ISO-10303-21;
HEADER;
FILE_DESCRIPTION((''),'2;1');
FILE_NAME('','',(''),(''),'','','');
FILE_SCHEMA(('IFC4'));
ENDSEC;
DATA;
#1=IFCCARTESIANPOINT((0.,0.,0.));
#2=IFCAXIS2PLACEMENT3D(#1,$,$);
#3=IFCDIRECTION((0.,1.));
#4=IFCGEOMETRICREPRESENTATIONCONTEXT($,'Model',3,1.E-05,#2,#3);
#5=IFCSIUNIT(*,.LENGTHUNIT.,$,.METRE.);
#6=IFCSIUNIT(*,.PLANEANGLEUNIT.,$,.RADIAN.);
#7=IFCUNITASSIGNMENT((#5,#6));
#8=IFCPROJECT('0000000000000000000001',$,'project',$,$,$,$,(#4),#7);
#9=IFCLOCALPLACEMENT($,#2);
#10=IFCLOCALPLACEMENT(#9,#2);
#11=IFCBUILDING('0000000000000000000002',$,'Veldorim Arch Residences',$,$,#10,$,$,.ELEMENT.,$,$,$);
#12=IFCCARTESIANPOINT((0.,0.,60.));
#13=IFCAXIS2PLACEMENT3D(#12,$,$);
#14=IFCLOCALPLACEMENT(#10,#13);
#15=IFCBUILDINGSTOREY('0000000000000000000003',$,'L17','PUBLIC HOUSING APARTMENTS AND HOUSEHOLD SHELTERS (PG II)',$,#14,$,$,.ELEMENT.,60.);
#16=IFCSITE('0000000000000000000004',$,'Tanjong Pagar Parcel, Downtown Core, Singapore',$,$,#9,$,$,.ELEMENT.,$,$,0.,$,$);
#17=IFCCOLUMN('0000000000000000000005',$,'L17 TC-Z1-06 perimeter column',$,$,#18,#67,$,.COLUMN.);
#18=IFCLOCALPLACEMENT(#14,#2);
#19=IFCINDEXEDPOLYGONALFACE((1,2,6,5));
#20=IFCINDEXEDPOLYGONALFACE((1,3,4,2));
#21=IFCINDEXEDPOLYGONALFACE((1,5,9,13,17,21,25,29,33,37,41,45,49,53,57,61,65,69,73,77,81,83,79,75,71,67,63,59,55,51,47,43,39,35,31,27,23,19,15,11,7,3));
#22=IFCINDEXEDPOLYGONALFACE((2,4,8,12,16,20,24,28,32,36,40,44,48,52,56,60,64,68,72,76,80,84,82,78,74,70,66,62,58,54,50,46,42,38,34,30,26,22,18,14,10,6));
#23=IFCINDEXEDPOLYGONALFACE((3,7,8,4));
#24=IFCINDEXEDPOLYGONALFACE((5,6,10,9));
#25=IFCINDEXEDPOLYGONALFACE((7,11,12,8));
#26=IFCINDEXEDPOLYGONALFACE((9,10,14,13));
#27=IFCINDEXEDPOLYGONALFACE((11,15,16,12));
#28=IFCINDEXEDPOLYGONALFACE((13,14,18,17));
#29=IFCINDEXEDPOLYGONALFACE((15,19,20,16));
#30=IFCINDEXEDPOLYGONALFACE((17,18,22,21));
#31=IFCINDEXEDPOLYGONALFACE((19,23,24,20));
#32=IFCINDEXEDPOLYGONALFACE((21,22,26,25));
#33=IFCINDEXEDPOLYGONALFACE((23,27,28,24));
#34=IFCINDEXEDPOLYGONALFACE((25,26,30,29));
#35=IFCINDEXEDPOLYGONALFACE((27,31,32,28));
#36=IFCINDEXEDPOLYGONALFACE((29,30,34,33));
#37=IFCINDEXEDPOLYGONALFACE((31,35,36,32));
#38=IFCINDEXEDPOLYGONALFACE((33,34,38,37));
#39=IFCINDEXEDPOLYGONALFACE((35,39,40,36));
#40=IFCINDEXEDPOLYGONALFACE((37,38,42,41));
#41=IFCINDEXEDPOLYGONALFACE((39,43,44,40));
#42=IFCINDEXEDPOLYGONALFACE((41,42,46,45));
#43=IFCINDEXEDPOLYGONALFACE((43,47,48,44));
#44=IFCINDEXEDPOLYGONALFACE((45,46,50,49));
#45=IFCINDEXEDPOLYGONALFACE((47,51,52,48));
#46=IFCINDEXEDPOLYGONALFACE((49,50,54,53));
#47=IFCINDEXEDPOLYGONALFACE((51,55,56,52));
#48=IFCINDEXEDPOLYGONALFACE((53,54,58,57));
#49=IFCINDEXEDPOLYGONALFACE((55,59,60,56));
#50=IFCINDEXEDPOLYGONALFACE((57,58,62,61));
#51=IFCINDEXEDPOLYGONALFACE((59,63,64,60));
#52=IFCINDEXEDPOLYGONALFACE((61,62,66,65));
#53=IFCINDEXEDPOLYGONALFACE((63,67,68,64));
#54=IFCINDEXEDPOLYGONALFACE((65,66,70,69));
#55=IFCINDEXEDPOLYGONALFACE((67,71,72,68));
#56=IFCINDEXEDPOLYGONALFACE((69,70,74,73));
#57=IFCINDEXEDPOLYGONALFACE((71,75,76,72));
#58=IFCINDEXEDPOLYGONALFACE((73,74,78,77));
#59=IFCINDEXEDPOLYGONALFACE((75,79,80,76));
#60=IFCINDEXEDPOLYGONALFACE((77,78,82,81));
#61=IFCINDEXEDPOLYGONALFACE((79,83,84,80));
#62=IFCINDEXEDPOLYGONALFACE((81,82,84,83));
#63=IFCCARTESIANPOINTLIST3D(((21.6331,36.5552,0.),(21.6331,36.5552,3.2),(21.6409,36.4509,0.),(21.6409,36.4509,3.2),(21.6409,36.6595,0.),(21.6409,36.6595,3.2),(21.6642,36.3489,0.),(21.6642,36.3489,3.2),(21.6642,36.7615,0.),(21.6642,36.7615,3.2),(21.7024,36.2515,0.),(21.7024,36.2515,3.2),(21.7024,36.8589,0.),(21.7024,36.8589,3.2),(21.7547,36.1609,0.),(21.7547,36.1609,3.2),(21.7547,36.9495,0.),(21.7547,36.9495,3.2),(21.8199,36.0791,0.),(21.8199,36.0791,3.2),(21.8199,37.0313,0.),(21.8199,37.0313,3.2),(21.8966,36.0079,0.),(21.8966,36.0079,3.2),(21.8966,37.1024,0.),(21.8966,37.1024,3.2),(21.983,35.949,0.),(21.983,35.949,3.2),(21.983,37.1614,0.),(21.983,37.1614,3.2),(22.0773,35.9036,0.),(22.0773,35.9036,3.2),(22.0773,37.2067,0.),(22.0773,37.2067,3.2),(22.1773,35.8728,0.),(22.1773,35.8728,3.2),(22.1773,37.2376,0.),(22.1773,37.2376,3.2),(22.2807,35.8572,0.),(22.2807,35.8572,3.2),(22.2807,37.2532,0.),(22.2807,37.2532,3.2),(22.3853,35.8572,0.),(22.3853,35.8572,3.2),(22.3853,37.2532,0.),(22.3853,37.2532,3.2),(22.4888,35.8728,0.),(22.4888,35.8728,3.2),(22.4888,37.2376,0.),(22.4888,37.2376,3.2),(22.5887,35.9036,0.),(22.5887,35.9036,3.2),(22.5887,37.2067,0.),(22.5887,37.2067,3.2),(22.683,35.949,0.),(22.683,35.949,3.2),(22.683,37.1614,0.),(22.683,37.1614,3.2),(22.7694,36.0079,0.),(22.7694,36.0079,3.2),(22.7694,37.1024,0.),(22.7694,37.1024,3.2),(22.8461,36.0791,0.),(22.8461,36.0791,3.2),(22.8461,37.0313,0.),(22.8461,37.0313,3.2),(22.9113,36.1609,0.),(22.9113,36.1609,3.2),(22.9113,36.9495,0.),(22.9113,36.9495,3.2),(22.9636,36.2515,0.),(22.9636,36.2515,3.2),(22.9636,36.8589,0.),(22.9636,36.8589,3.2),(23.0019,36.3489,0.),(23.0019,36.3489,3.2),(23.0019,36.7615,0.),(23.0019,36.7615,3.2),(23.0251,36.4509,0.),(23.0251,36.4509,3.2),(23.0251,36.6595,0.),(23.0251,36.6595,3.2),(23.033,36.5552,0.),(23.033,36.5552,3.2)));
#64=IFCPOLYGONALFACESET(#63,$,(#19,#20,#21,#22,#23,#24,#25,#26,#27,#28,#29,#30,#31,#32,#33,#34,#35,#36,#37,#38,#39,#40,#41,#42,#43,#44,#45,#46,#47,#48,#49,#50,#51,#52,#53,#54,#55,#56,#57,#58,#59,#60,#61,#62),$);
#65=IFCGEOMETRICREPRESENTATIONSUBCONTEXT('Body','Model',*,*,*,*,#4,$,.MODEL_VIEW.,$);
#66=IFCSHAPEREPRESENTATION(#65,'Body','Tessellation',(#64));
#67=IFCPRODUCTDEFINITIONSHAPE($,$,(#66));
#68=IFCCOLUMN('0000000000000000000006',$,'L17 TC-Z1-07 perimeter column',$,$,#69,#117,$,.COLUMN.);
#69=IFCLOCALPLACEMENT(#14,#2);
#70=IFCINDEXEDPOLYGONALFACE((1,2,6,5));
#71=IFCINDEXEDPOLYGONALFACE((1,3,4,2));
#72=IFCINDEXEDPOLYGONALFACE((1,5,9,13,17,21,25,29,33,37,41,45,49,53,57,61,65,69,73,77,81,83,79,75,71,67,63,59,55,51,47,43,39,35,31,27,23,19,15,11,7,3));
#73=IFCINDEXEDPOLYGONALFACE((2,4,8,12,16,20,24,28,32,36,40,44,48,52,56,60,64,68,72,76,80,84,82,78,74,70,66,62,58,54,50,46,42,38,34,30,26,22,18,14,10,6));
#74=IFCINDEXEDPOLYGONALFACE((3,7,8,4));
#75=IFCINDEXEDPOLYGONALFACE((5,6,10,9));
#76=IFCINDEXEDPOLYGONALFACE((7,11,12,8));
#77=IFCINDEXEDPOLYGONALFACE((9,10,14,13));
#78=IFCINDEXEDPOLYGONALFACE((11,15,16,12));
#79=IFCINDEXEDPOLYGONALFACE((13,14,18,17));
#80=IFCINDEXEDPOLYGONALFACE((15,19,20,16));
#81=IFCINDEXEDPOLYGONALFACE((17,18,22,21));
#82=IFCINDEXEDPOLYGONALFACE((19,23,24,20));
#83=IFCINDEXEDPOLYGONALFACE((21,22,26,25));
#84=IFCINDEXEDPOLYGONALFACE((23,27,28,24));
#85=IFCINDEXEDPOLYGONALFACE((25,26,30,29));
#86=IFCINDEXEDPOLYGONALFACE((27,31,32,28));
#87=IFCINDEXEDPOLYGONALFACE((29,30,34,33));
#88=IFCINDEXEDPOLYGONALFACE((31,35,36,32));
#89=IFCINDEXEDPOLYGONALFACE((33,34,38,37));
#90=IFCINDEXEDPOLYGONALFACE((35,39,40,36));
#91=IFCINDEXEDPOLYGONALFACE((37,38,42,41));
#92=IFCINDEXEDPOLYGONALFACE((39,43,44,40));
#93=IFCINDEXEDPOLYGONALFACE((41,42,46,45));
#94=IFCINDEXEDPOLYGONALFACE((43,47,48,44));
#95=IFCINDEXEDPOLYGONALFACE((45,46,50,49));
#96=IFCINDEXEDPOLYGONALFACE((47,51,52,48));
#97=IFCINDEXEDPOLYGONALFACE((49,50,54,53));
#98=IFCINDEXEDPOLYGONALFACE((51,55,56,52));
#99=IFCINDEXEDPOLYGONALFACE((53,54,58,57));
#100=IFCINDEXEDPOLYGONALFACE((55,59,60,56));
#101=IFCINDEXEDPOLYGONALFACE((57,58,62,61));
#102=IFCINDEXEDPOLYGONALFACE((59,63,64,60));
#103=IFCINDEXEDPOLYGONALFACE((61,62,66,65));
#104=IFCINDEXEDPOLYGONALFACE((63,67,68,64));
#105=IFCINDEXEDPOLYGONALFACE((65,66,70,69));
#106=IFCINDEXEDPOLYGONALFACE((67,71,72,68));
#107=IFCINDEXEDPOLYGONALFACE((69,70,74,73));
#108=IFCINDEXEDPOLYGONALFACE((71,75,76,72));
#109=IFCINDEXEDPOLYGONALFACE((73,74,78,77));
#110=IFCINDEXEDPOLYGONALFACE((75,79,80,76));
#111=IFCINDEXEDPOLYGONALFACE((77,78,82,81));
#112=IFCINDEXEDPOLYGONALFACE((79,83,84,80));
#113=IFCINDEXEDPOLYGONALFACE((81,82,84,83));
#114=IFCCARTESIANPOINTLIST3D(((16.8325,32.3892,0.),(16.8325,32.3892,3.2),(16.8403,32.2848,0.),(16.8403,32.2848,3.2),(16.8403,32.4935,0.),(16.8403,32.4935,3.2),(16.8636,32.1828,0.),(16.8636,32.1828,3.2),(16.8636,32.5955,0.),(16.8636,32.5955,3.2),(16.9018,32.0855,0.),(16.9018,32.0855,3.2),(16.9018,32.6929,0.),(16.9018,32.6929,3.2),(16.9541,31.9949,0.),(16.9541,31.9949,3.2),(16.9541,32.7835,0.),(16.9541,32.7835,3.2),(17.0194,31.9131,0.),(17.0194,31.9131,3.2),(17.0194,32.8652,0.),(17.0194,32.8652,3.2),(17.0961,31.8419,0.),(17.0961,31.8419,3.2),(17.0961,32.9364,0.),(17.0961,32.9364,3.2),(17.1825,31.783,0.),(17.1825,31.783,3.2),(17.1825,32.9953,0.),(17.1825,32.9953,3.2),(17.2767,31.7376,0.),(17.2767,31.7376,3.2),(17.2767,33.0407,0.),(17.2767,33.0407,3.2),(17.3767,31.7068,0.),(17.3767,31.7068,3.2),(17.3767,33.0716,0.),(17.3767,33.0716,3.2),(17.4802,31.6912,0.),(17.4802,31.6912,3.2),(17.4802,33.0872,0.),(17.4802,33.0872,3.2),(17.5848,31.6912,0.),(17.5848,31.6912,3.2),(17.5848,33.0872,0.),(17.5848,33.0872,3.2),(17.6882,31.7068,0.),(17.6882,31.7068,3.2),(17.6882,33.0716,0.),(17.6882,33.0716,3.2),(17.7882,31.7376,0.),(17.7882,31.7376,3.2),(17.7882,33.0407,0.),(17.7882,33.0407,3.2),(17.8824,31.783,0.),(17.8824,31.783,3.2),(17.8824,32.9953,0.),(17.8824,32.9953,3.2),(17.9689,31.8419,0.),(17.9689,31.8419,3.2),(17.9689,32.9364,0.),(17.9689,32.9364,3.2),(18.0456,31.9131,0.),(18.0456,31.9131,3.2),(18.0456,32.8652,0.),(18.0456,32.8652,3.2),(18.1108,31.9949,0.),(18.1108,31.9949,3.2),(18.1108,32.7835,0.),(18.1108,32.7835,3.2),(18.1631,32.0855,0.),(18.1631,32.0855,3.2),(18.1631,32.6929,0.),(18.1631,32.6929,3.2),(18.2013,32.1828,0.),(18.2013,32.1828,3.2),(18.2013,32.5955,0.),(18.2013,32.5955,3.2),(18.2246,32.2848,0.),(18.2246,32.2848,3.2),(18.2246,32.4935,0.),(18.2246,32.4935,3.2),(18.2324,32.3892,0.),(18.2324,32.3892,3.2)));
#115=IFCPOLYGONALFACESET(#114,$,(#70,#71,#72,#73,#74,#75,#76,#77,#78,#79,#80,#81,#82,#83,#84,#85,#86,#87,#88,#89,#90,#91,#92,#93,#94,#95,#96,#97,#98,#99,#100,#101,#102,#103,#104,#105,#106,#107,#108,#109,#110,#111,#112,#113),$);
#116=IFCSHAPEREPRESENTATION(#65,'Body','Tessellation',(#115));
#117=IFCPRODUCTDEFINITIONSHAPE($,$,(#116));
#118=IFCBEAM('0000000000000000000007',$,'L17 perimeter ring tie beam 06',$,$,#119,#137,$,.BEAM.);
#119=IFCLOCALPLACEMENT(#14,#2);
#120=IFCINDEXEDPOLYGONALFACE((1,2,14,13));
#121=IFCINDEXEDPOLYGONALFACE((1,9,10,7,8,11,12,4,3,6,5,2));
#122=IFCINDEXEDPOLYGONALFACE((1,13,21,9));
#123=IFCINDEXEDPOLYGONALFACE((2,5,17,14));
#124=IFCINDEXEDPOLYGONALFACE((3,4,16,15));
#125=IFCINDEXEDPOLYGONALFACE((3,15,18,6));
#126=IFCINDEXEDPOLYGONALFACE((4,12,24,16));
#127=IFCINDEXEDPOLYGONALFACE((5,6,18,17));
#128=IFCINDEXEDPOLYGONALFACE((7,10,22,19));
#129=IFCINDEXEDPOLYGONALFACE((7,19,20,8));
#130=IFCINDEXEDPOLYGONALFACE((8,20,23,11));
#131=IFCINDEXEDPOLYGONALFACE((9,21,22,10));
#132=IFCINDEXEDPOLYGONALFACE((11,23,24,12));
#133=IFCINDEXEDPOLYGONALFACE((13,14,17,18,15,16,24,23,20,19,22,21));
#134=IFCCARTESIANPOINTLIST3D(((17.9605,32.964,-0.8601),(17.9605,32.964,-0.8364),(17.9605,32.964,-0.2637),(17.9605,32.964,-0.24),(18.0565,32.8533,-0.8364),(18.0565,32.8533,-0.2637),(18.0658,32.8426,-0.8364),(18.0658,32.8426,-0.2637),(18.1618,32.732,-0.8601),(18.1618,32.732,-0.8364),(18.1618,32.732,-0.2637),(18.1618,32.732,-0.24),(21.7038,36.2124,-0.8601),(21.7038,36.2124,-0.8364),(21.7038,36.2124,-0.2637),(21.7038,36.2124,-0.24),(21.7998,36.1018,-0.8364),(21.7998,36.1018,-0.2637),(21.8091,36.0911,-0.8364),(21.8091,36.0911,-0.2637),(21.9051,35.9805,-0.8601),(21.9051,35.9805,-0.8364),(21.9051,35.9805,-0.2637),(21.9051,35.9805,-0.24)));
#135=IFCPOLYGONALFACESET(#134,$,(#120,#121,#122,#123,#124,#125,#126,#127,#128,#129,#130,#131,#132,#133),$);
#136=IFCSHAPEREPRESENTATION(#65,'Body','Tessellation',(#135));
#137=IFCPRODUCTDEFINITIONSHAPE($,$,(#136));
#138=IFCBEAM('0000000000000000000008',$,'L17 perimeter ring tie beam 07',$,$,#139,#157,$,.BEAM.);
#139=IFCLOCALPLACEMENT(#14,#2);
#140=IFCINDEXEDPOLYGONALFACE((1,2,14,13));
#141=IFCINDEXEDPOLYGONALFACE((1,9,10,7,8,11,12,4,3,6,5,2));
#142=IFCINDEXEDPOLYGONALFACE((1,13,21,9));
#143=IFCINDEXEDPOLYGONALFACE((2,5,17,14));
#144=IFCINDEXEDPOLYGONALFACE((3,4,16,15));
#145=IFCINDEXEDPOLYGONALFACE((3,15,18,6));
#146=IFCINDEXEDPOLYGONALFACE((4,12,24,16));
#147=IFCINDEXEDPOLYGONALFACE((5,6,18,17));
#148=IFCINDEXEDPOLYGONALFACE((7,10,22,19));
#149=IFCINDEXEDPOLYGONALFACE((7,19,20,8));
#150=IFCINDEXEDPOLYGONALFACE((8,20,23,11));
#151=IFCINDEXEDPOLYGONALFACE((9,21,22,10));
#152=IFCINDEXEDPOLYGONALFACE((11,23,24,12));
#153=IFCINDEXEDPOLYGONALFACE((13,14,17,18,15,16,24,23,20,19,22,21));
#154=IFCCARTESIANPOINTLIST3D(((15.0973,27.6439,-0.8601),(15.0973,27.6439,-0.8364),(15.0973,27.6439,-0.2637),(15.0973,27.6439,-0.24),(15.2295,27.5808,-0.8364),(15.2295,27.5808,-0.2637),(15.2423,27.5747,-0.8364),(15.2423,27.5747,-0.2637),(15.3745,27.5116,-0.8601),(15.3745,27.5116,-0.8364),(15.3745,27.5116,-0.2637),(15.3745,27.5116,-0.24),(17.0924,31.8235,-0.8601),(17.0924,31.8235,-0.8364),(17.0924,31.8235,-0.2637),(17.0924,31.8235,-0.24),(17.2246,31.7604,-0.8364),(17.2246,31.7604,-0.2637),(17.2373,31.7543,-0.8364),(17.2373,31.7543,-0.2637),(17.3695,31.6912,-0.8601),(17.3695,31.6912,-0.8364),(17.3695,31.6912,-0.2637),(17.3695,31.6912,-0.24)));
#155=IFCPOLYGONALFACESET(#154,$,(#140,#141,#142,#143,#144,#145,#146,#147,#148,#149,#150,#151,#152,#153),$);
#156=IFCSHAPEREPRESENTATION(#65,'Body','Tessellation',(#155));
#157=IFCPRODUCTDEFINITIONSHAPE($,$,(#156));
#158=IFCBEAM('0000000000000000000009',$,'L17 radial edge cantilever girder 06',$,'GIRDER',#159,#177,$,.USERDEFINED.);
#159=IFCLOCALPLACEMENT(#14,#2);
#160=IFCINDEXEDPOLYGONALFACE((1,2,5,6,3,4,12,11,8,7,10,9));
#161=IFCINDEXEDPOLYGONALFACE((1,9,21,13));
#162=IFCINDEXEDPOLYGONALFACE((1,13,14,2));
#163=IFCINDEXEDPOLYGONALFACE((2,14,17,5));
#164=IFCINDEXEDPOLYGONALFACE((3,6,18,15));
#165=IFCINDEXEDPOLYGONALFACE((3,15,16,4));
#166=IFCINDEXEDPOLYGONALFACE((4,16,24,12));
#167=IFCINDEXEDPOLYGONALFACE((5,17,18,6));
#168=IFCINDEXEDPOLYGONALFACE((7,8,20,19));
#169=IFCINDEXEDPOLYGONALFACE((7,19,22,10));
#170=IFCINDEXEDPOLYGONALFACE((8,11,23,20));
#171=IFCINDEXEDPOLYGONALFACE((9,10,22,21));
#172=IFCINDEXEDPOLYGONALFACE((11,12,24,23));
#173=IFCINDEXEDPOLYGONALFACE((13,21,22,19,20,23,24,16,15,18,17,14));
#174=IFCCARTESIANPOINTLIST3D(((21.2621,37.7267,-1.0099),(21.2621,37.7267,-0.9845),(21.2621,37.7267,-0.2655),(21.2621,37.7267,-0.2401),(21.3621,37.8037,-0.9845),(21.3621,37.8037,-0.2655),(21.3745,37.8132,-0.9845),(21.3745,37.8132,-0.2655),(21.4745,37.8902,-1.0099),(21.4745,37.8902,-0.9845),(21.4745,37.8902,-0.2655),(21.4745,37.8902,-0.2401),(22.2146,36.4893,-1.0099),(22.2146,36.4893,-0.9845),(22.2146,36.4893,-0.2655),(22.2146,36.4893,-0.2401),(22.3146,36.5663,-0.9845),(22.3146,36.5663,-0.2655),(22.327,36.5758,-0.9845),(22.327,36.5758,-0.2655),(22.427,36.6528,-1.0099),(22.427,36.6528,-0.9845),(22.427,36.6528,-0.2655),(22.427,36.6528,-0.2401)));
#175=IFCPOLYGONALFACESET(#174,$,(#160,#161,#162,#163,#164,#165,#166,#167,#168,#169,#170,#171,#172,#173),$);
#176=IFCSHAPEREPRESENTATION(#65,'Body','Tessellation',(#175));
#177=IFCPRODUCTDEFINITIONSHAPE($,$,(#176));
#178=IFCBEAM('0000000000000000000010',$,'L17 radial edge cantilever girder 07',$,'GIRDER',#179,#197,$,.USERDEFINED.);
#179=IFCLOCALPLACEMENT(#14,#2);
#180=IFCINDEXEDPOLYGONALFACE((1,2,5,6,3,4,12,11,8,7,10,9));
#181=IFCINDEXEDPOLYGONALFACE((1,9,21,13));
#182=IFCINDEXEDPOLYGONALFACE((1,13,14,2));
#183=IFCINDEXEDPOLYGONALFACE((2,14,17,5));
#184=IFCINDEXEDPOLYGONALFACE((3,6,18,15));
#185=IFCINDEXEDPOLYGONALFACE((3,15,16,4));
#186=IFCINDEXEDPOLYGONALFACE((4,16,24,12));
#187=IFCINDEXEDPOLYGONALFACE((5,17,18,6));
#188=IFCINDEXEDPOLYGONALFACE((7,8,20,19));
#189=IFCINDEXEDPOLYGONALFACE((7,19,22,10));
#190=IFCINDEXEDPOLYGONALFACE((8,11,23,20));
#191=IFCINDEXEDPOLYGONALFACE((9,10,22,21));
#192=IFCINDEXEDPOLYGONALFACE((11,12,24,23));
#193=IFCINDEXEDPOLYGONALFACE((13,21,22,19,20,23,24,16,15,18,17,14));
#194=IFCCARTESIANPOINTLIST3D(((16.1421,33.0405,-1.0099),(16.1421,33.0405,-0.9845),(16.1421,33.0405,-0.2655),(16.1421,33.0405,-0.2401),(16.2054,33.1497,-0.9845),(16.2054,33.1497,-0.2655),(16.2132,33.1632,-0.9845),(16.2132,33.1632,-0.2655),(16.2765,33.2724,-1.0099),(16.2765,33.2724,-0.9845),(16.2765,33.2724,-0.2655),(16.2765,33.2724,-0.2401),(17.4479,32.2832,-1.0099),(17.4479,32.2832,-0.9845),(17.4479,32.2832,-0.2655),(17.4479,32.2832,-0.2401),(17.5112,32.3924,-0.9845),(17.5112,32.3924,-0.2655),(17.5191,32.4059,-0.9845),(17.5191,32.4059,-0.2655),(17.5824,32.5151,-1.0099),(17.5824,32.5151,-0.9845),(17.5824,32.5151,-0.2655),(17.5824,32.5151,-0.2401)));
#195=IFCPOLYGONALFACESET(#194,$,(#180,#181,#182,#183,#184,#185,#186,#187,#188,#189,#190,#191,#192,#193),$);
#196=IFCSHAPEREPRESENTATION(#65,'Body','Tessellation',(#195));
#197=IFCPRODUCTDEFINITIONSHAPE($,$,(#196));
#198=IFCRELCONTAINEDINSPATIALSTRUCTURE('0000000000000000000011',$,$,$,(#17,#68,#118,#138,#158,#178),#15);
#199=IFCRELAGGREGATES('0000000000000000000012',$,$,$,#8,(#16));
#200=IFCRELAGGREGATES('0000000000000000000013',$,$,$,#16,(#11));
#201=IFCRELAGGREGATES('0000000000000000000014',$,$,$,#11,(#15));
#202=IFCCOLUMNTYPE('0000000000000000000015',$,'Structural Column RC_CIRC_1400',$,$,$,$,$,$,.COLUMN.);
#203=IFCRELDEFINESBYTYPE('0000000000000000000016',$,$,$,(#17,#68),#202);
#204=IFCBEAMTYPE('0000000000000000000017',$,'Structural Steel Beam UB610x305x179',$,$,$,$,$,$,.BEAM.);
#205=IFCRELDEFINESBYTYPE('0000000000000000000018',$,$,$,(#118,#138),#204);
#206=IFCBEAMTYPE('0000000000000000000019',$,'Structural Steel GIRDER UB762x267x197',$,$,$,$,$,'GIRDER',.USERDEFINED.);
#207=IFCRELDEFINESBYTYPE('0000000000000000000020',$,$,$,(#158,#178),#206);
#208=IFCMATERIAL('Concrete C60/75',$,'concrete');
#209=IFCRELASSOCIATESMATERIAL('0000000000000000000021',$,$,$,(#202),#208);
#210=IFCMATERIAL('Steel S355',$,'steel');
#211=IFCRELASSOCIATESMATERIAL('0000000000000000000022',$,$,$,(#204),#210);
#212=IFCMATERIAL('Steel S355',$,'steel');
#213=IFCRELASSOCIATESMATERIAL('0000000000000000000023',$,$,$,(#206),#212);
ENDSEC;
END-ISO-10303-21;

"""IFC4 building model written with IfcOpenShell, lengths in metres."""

from ifc_helpers import new_model, si_unit, direction, frame, origin, origin_2d, place, context, subcontext, project, spatial, circle, i_section, extrude, material, material_profile, profile_set, type_object, element, save


model = new_model("IFC4")

# Units and contexts
model_context = context("Model", 3, precision=1e-05, world=origin(), true_north=direction((0.0, 1.0)))
body_context = subcontext(model_context, "Body", "Model", "MODEL_VIEW")
ifc_project = project(units=[si_unit("LENGTHUNIT", "METRE"), si_unit("PLANEANGLEUNIT", "RADIAN")], contexts=[model_context])

# Site, building, storey
site_placement = place(None, origin())
site = spatial("IfcSite", under=ifc_project, at=site_placement, Name="Tanjong Pagar Parcel, Downtown Core, Singapore", CompositionType="ELEMENT", RefElevation=0.0)
building_placement = place(site_placement, origin())
building = spatial("IfcBuilding", under=site, at=building_placement, Name="Veldorim Arch Residences", CompositionType="ELEMENT")
storey_placement = place(building_placement, frame((0.0, 0.0, 60.0)))
storey = spatial("IfcBuildingStorey", under=building, at=storey_placement, Name="L17", Description="PUBLIC HOUSING APARTMENTS AND HOUSEHOLD SHELTERS (PG II)", CompositionType="ELEMENT", Elevation=60.0)

# Columns
ifc_material_1 = material(Name="Concrete C60/75", Category="concrete")
ifc_material_profile_1 = material_profile(ifc_material_1, circle(Radius=0.7, at=origin_2d()), Name="RC_CIRC_1400")
ifc_profile_set_1 = profile_set([ifc_material_profile_1], Name="Concrete C60/75")
column_type = type_object("IfcColumnType", Name="Structural Column RC_CIRC_1400", PredefinedType="COLUMN", material=ifc_profile_set_1)
for number, where, z_axis, x_axis, name in (
    (1, (22.333, 36.5552, 0.0), (0.0, 0.0, 1.0), (1.0, 0.0, 0.0), "L17 TC-Z1-06 perimeter column"),
    (2, (17.5325, 32.3892, 0.0), (0.0, 0.0, 1.0), (1.0, 0.0, 0.0), "L17 TC-Z1-07 perimeter column"),
):
    element("IfcColumn", number, at=place(storey_placement, frame(where, z_axis=z_axis, x_axis=x_axis)), inside=storey, type_object=column_type, Name=name, PredefinedType="COLUMN", context=body_context, shape_type="SweptSolid", body=[
        extrude(circle(Radius=0.7, at=origin_2d()), origin(), (0.0, 0.0, 1.0), 3.2),
    ])

# Beams
ifc_material_2 = material(Name="Steel S355", Category="steel")
ifc_material_profile_2 = material_profile(ifc_material_2, i_section(OverallWidth=0.3071, OverallDepth=0.6201, WebThickness=0.0142, FlangeThickness=0.0237, at=origin_2d()), Name="UB610x305x179")
ifc_profile_set_2 = profile_set([ifc_material_profile_2], Name="Steel S355")
beam_type_1 = type_object("IfcBeamType", Name="Structural Steel Beam UB610x305x179", PredefinedType="BEAM", material=ifc_profile_set_2)
beam_1_placement = place(storey_placement, frame((21.8044, 36.0964, -0.55), z_axis=(-0.755265, -0.65542, 0.0), x_axis=(0.65542, -0.755265, 0.0)))
element("IfcBeam", 3, at=beam_1_placement, inside=storey, type_object=beam_type_1, Name="L17 perimeter ring tie beam 06", PredefinedType="BEAM", context=body_context, shape_type="SweptSolid", body=[
    extrude(i_section(OverallWidth=0.3071, OverallDepth=0.6201, WebThickness=0.0142, FlangeThickness=0.0237, at=origin_2d()), origin(), (0.0, 0.0, 1.0), 4.9563),
])
beam_2_placement = place(storey_placement, frame((17.231, 31.7573, -0.55), z_axis=(-0.430776, -0.902459, 0.0), x_axis=(0.902459, -0.430776, 0.0)))
element("IfcBeam", 4, at=beam_2_placement, inside=storey, type_object=beam_type_1, Name="L17 perimeter ring tie beam 07", PredefinedType="BEAM", context=body_context, shape_type="SweptSolid", body=[
    extrude(i_section(OverallWidth=0.3071, OverallDepth=0.6201, WebThickness=0.0142, FlangeThickness=0.0237, at=origin_2d()), origin(), (0.0, 0.0, 1.0), 4.6313),
])
ifc_material_3 = material(Name="Steel S355", Category="steel")
ifc_material_profile_3 = material_profile(ifc_material_3, i_section(OverallWidth=0.2681, OverallDepth=0.7698, WebThickness=0.0156, FlangeThickness=0.0254, at=origin_2d()), Name="UB762x267x197")
ifc_profile_set_3 = profile_set([ifc_material_profile_3], Name="Steel S355")
beam_type_2 = type_object("IfcBeamType", Name="Structural Steel GIRDER UB762x267x197", ElementType="GIRDER", PredefinedType="USERDEFINED", material=ifc_profile_set_3)
beam_3_placement = place(storey_placement, frame((22.3208, 36.571, -0.625), z_axis=(-0.60996, 0.792432, 0.0), x_axis=(-0.792432, -0.60996, 0.0)))
element("IfcBeam", 5, at=beam_3_placement, inside=storey, type_object=beam_type_2, Name="L17 radial edge cantilever girder 06", ObjectType="GIRDER", PredefinedType="USERDEFINED", context=body_context, shape_type="SweptSolid", body=[
    extrude(i_section(OverallWidth=0.2681, OverallDepth=0.7698, WebThickness=0.0156, FlangeThickness=0.0254, at=origin_2d()), origin(), (0.0, 0.0, 1.0), 1.5615),
])
beam_4_placement = place(storey_placement, frame((17.5151, 32.3992, -0.625), z_axis=(-0.865061, 0.501667, 0.0), x_axis=(-0.501667, -0.865061, 0.0)))
element("IfcBeam", 6, at=beam_4_placement, inside=storey, type_object=beam_type_2, Name="L17 radial edge cantilever girder 07", ObjectType="GIRDER", PredefinedType="USERDEFINED", context=body_context, shape_type="SweptSolid", body=[
    extrude(i_section(OverallWidth=0.2681, OverallDepth=0.7698, WebThickness=0.0156, FlangeThickness=0.0254, at=origin_2d()), origin(), (0.0, 0.0, 1.0), 1.5095),
])

save(model, "model.ifc")
